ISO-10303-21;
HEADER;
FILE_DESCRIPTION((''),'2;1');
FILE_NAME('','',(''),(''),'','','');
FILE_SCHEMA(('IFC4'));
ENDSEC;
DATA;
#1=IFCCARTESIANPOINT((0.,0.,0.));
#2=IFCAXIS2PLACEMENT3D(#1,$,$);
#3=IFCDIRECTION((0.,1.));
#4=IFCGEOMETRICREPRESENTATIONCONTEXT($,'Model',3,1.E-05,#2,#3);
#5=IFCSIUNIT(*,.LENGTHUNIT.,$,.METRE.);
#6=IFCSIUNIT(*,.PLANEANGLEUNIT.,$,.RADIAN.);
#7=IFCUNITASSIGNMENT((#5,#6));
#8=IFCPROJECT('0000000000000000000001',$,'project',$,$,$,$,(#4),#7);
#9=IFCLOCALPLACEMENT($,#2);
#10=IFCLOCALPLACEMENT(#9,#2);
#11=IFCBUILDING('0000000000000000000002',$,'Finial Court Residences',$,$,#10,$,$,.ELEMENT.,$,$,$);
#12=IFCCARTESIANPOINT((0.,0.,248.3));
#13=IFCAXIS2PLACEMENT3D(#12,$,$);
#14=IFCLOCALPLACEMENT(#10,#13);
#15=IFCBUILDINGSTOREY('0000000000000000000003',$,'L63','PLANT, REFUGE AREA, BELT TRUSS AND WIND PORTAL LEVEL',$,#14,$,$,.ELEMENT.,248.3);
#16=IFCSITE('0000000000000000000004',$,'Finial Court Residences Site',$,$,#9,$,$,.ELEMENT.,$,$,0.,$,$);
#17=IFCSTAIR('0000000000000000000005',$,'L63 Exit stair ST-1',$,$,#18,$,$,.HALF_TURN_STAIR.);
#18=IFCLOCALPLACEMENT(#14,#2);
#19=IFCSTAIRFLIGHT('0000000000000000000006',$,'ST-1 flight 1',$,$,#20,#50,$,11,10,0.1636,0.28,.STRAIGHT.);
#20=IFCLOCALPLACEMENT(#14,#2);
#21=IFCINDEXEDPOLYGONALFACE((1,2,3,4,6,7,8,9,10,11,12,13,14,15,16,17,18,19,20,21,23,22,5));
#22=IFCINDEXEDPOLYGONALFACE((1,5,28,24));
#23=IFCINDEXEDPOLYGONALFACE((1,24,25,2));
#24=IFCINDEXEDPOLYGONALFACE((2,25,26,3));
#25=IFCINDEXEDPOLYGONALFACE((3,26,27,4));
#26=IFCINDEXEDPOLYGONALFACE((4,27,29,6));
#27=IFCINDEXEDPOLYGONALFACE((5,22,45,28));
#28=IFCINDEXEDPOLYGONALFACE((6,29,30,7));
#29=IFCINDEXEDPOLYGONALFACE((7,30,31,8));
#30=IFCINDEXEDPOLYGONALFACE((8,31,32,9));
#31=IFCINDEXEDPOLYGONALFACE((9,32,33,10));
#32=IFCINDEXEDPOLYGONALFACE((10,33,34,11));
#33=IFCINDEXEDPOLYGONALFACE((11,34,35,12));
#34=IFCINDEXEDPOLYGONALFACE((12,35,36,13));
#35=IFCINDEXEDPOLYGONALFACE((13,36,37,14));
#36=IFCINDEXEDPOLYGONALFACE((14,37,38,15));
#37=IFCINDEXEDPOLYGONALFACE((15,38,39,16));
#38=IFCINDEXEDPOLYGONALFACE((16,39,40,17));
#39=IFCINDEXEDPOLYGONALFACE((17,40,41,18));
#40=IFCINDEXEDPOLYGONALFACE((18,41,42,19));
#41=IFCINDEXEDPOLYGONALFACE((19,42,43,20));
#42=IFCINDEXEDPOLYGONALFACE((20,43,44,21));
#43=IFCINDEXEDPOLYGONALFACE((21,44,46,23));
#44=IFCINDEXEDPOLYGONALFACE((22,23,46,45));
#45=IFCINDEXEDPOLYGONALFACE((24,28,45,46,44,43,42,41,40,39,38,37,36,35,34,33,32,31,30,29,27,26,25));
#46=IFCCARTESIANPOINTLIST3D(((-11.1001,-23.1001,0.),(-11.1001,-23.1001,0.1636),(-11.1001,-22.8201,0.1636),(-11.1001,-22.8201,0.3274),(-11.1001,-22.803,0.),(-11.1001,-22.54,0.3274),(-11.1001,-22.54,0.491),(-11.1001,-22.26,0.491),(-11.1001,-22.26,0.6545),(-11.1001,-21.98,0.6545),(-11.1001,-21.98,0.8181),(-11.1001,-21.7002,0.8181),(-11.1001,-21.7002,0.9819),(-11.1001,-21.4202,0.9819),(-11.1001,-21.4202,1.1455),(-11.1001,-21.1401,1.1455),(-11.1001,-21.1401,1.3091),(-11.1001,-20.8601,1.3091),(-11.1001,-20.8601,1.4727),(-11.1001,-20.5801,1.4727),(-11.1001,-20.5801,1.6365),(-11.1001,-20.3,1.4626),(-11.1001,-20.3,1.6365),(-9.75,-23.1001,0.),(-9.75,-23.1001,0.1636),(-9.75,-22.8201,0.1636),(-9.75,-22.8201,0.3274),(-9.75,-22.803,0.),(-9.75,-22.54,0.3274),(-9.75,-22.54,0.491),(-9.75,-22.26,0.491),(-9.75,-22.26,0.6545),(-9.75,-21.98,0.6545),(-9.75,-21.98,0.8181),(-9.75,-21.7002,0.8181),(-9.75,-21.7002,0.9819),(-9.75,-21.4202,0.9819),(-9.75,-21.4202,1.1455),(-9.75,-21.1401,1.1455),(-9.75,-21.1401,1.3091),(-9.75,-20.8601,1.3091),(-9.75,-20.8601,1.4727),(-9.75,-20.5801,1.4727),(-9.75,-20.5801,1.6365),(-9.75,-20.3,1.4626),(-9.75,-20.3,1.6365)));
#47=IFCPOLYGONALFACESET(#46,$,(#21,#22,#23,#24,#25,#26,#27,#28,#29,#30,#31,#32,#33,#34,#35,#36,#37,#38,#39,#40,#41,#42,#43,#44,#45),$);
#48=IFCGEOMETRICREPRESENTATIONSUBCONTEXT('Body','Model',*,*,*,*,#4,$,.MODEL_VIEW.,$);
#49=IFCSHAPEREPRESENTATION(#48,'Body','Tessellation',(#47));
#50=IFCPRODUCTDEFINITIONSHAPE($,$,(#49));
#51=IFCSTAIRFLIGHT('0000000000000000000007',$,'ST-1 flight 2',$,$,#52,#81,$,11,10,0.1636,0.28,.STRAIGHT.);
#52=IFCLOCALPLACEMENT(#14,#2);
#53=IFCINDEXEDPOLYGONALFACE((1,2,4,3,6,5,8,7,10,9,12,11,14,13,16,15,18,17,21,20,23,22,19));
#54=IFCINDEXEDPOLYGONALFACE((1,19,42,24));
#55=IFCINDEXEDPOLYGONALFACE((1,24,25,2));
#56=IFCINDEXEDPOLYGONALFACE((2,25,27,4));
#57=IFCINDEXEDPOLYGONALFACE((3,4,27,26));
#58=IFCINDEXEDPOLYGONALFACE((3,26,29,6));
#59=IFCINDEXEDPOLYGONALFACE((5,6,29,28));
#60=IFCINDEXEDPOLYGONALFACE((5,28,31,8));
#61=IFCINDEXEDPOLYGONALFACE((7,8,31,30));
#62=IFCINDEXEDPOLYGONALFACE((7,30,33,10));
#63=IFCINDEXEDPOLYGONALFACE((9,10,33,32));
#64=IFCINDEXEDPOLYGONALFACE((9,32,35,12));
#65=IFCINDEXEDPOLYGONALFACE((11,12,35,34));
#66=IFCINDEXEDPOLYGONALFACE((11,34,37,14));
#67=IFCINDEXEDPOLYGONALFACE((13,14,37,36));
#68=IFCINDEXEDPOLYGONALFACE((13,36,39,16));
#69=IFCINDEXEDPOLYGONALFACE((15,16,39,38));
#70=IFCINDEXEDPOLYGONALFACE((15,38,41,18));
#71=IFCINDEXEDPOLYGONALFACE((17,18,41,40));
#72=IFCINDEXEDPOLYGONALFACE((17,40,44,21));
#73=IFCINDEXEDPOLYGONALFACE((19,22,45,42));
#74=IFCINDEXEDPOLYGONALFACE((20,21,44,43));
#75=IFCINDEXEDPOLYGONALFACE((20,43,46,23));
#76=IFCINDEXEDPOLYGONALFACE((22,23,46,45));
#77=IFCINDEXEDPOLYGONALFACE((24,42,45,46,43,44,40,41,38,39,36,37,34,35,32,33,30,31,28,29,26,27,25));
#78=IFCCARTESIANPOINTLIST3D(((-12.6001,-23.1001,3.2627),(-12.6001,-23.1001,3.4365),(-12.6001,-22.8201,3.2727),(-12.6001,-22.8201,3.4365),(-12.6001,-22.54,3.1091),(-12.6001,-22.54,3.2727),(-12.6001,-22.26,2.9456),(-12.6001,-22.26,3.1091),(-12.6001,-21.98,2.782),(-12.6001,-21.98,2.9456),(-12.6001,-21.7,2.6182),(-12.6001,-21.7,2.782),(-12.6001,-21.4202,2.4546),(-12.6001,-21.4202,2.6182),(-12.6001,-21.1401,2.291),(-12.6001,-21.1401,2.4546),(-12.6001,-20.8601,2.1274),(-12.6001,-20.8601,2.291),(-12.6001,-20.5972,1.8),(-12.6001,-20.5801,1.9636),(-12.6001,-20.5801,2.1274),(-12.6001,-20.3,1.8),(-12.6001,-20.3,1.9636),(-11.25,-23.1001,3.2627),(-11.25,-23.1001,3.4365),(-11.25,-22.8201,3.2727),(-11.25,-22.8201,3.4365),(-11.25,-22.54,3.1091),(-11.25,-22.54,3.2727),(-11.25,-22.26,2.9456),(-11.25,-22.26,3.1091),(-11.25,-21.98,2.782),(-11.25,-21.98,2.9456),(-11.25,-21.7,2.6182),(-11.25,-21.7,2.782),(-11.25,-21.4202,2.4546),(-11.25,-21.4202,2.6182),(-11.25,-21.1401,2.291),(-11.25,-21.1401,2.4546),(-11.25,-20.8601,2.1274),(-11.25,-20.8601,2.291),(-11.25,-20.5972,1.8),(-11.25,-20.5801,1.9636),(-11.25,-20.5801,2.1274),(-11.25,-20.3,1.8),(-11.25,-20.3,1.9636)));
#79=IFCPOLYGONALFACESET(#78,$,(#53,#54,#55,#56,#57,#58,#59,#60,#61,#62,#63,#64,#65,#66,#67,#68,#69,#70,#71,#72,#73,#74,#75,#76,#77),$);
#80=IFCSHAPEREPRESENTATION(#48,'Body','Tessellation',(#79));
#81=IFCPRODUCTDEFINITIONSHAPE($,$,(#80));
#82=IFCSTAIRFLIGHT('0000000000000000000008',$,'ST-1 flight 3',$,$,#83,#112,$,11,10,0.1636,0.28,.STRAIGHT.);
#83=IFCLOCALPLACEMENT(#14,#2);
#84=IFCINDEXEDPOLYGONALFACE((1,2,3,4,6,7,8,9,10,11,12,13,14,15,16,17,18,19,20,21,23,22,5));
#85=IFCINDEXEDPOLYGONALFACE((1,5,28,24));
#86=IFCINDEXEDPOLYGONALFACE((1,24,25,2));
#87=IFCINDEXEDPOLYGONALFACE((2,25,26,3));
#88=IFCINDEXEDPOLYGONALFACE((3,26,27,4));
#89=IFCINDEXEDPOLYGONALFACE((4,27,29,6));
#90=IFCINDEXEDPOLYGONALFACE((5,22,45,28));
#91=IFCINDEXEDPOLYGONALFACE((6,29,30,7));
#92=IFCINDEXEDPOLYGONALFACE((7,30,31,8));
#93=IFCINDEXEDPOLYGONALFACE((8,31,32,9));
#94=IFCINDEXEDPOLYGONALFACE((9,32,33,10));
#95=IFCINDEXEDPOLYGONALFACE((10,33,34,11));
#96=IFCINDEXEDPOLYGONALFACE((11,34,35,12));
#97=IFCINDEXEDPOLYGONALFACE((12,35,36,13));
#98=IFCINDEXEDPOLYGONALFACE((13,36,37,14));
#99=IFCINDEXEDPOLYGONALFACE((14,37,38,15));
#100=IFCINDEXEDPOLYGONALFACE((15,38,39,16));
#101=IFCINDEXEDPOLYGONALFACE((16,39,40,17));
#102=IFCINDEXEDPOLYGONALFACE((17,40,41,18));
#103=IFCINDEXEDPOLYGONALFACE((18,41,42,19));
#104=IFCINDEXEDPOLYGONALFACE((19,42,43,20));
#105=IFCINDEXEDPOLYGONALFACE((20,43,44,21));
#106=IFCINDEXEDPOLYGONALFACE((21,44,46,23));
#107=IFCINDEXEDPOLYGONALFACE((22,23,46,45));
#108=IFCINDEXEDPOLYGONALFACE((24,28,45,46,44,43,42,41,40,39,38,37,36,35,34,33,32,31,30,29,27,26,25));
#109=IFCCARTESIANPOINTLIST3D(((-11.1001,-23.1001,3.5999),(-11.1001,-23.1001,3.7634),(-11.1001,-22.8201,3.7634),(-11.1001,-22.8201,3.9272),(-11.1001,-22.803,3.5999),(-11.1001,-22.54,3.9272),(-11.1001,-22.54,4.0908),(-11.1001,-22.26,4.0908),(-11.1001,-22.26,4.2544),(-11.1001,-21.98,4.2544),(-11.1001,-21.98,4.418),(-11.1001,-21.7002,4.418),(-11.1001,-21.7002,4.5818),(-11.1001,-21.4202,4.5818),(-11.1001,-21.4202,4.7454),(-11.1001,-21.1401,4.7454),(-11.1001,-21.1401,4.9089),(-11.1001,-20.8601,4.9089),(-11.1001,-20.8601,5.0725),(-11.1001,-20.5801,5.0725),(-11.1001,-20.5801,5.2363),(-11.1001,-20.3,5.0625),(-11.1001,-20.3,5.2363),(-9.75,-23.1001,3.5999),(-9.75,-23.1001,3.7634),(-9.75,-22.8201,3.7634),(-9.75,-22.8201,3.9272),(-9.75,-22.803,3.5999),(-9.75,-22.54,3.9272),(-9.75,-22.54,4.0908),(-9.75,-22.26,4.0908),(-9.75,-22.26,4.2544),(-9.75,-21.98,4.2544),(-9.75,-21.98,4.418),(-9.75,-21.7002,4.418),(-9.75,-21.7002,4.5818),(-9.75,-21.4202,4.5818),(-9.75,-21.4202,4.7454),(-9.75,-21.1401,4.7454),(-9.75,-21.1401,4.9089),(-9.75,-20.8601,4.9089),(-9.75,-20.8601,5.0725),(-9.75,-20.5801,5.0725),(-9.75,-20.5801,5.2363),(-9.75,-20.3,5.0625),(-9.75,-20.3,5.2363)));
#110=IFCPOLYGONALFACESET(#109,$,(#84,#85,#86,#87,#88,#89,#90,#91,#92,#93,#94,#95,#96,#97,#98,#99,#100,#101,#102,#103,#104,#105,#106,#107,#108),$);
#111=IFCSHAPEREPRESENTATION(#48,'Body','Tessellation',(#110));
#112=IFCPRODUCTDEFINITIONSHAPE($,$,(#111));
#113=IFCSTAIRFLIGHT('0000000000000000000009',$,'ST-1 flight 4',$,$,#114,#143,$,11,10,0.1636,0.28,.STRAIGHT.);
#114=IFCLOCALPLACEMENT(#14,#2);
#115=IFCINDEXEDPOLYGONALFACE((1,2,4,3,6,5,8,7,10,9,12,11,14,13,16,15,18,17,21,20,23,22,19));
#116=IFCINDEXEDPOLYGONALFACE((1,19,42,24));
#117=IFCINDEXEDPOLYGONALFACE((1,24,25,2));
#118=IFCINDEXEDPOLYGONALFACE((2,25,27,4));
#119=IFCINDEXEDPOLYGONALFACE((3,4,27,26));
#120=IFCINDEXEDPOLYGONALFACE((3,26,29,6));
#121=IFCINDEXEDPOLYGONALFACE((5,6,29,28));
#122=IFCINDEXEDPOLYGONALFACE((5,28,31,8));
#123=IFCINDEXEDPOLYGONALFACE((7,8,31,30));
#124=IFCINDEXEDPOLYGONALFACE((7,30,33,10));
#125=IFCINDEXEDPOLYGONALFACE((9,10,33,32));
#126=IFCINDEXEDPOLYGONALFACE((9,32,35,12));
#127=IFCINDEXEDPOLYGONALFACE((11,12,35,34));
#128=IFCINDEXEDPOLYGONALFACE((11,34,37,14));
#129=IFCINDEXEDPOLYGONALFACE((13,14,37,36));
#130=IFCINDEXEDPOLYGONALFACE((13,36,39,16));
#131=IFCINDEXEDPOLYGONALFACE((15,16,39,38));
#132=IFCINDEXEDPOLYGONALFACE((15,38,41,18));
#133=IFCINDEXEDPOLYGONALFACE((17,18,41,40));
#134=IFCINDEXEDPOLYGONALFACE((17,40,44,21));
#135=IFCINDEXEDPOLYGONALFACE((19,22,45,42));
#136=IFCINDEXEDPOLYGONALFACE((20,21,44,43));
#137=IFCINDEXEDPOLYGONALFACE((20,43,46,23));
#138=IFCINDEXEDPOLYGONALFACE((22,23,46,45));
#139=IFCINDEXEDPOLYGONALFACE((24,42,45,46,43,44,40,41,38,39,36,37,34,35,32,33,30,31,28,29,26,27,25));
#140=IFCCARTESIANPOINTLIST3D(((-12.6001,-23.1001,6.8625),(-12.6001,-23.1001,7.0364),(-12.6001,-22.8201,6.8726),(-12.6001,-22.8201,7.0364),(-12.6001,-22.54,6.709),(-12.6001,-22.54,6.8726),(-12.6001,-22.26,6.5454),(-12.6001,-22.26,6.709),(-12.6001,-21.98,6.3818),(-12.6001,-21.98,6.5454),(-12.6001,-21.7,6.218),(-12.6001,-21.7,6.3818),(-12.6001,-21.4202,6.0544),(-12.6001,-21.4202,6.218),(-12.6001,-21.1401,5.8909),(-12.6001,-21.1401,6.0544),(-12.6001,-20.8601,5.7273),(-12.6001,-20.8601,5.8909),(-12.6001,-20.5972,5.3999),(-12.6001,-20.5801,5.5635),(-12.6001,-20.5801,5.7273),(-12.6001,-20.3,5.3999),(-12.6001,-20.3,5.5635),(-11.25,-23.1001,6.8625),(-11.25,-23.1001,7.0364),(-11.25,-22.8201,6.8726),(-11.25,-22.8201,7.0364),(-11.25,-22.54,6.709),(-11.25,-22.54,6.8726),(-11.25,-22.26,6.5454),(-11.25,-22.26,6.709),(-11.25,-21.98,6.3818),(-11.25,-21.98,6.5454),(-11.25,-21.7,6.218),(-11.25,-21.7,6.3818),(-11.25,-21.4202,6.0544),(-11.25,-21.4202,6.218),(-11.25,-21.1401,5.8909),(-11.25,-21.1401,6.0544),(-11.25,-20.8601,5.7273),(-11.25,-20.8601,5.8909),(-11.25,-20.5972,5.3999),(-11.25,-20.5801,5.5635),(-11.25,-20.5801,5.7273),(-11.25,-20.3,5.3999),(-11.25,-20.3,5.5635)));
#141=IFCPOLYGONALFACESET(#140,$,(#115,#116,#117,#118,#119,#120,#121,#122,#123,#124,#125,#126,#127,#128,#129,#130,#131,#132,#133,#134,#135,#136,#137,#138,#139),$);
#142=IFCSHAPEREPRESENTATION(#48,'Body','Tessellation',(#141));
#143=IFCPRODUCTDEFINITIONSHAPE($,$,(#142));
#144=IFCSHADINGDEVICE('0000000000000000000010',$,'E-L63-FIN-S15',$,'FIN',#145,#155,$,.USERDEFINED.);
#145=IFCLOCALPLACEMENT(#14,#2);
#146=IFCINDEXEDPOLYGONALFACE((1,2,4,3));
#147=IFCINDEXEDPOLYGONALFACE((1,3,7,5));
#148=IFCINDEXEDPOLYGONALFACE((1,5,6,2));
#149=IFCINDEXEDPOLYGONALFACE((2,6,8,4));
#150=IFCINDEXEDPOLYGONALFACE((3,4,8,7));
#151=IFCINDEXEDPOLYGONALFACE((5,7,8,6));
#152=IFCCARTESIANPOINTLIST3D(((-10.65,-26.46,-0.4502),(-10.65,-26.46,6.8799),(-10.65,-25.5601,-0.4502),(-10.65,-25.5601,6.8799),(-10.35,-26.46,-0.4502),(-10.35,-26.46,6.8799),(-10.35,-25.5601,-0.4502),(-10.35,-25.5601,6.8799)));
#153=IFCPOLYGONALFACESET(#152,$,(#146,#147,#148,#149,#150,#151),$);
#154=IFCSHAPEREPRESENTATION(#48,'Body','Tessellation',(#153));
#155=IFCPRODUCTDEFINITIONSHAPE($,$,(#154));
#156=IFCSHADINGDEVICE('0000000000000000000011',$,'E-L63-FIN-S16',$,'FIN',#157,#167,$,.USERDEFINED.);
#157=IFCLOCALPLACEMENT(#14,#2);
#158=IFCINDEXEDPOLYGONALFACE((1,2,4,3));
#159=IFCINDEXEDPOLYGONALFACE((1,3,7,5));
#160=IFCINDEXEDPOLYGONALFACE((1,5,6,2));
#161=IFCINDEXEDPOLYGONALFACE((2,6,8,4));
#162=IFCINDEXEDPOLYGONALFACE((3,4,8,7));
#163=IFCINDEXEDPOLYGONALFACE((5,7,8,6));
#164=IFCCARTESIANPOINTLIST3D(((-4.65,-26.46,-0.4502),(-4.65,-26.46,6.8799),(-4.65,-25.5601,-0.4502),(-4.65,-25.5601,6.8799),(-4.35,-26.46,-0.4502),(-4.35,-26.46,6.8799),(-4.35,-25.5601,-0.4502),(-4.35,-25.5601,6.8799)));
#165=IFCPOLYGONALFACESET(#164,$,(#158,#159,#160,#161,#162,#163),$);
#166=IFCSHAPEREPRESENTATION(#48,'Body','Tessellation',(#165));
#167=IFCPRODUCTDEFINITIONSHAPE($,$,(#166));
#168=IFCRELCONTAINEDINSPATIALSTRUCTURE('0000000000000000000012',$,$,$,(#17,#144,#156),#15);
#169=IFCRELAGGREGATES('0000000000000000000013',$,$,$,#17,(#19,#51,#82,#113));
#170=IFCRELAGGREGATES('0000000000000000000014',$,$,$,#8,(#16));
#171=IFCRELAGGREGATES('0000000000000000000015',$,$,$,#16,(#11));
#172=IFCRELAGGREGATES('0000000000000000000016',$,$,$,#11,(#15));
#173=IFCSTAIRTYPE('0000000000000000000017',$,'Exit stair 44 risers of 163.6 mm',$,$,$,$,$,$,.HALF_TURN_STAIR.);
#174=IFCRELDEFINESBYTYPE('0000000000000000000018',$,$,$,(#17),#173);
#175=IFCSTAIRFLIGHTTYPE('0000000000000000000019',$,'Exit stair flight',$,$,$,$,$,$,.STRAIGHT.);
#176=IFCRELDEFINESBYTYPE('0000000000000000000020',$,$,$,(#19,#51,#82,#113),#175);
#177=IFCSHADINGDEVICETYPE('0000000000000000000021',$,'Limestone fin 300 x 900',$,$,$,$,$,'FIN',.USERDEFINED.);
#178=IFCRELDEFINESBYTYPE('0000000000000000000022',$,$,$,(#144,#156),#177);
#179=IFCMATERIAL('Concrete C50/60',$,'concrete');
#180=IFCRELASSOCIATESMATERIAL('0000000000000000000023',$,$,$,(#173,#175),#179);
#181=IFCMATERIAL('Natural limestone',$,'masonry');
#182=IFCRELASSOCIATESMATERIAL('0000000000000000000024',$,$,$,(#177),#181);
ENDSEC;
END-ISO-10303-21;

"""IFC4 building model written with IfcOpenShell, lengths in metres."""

from ifc_helpers import new_model, si_unit, direction, frame, origin, origin_2d, place, context, subcontext, project, spatial, polyline, rectangle, outline, extrude, material, type_object, element, aggregate, save


model = new_model("IFC4")

# Units and contexts
model_context = context("Model", 3, precision=1e-05, world=origin(), true_north=direction((0.0, 1.0)))
body_context = subcontext(model_context, "Body", "Model", "MODEL_VIEW")
ifc_project = project(units=[si_unit("LENGTHUNIT", "METRE"), si_unit("PLANEANGLEUNIT", "RADIAN")], contexts=[model_context])

# Site, building, storey
site_placement = place(None, origin())
site = spatial("IfcSite", under=ifc_project, at=site_placement, Name="Finial Court Residences Site", CompositionType="ELEMENT", RefElevation=0.0)
building_placement = place(site_placement, origin())
building = spatial("IfcBuilding", under=site, at=building_placement, Name="Finial Court Residences", CompositionType="ELEMENT")
storey_placement = place(building_placement, frame((0.0, 0.0, 248.3)))
storey = spatial("IfcBuildingStorey", under=building, at=storey_placement, Name="L63", Description="PLANT, REFUGE AREA, BELT TRUSS AND WIND PORTAL LEVEL", CompositionType="ELEMENT", Elevation=248.3)

# Stair, stair flights
ifc_material_1 = material(Name="Concrete C50/60", Category="concrete")
stair_type = type_object("IfcStairType", Name="Exit stair 44 risers of 163.6 mm", PredefinedType="HALF_TURN_STAIR", material=ifc_material_1)
stair_placement = place(storey_placement, origin())
stair = element("IfcStair", 1, at=stair_placement, inside=storey, type_object=stair_type, Name="L63 Exit stair ST-1", PredefinedType="HALF_TURN_STAIR")
stair_flight_type = type_object("IfcStairFlightType", Name="Exit stair flight", PredefinedType="STRAIGHT", material=ifc_material_1)
stair_flight_1_placement = place(storey_placement, frame((-10.425, -23.1001, 0.0), z_axis=(0.0, 0.0, 1.0), x_axis=(0.0, 1.0, 0.0)))
stair_flight_1 = element("IfcStairFlight", 2, at=stair_flight_1_placement, type_object=stair_flight_type, Name="ST-1 flight 1", NumberOfRisers=11, NumberOfTreads=10, PredefinedType="STRAIGHT", RiserHeight=0.1636, TreadLength=0.28, context=body_context, shape_type="SweptSolid", body=[
    extrude(outline(polyline([(0.0, 0.0), (0.0, 0.1636), (0.28, 0.1636), (0.28, 0.3274), (0.5601, 0.3274), (0.5601, 0.491), (0.8401, 0.491), (0.8401, 0.6545), (1.1201, 0.6545), (1.1201, 0.8181), (1.3999, 0.8181), (1.3999, 0.9819), (1.6799, 0.9819), (1.6799, 1.1455), (1.96, 1.1455), (1.96, 1.3091), (2.24, 1.3091), (2.24, 1.4727), (2.52, 1.4727), (2.52, 1.6365), (2.8, 1.6365), (2.8, 1.8), (2.8, 1.4626), (0.2971, 0.0), (0.0, 0.0)])), frame((0.0, 0.675, 0.0), z_axis=(0.0, -1.0, 0.0), x_axis=(1.0, 0.0, 0.0)), (0.0, 0.0, 1.0), 1.3501),
])
stair_flight_2_placement = place(storey_placement, frame((-11.925, -20.3, 1.8), z_axis=(0.0, 0.0, 1.0), x_axis=(0.0, -1.0, 0.0)))
stair_flight_2 = element("IfcStairFlight", 3, at=stair_flight_2_placement, type_object=stair_flight_type, Name="ST-1 flight 2", NumberOfRisers=11, NumberOfTreads=10, PredefinedType="STRAIGHT", RiserHeight=0.1636, TreadLength=0.28, context=body_context, shape_type="SweptSolid", body=[
    extrude(outline(polyline([(0.0, 0.0), (0.0, 0.1636), (0.28, 0.1636), (0.28, 0.3274), (0.5601, 0.3274), (0.5601, 0.491), (0.8401, 0.491), (0.8401, 0.6545), (1.1201, 0.6545), (1.1201, 0.8181), (1.3999, 0.8181), (1.3999, 0.9819), (1.6799, 0.9819), (1.6799, 1.1455), (1.96, 1.1455), (1.96, 1.3091), (2.24, 1.3091), (2.24, 1.4727), (2.52, 1.4727), (2.52, 1.6365), (2.8, 1.6365), (2.8, 1.8), (2.8, 1.4626), (0.2971, 0.0), (0.0, 0.0)])), frame((0.0, 0.675, 0.0), z_axis=(0.0, -1.0, 0.0), x_axis=(1.0, 0.0, 0.0)), (0.0, 0.0, 1.0), 1.3501),
])
stair_flight_3_placement = place(storey_placement, frame((-10.425, -23.1001, 3.5999), z_axis=(0.0, 0.0, 1.0), x_axis=(0.0, 1.0, 0.0)))
stair_flight_3 = element("IfcStairFlight", 4, at=stair_flight_3_placement, type_object=stair_flight_type, Name="ST-1 flight 3", NumberOfRisers=11, NumberOfTreads=10, PredefinedType="STRAIGHT", RiserHeight=0.1636, TreadLength=0.28, context=body_context, shape_type="SweptSolid", body=[
    extrude(outline(polyline([(0.0, 0.0), (0.0, 0.1636), (0.28, 0.1636), (0.28, 0.3274), (0.5601, 0.3274), (0.5601, 0.491), (0.8401, 0.491), (0.8401, 0.6545), (1.1201, 0.6545), (1.1201, 0.8181), (1.3999, 0.8181), (1.3999, 0.9819), (1.6799, 0.9819), (1.6799, 1.1455), (1.96, 1.1455), (1.96, 1.3091), (2.24, 1.3091), (2.24, 1.4727), (2.52, 1.4727), (2.52, 1.6365), (2.8, 1.6365), (2.8, 1.8), (2.8, 1.4626), (0.2971, 0.0), (0.0, 0.0)])), frame((0.0, 0.675, 0.0), z_axis=(0.0, -1.0, 0.0), x_axis=(1.0, 0.0, 0.0)), (0.0, 0.0, 1.0), 1.3501),
])
stair_flight_4_placement = place(storey_placement, frame((-11.925, -20.3, 5.3999), z_axis=(0.0, 0.0, 1.0), x_axis=(0.0, -1.0, 0.0)))
stair_flight_4 = element("IfcStairFlight", 5, at=stair_flight_4_placement, type_object=stair_flight_type, Name="ST-1 flight 4", NumberOfRisers=11, NumberOfTreads=10, PredefinedType="STRAIGHT", RiserHeight=0.1636, TreadLength=0.28, context=body_context, shape_type="SweptSolid", body=[
    extrude(outline(polyline([(0.0, 0.0), (0.0, 0.1636), (0.28, 0.1636), (0.28, 0.3274), (0.5601, 0.3274), (0.5601, 0.491), (0.8401, 0.491), (0.8401, 0.6545), (1.1201, 0.6545), (1.1201, 0.8181), (1.3999, 0.8181), (1.3999, 0.9819), (1.6799, 0.9819), (1.6799, 1.1455), (1.96, 1.1455), (1.96, 1.3091), (2.24, 1.3091), (2.24, 1.4727), (2.52, 1.4727), (2.52, 1.6365), (2.8, 1.6365), (2.8, 1.8), (2.8, 1.4626), (0.2971, 0.0), (0.0, 0.0)])), frame((0.0, 0.675, 0.0), z_axis=(0.0, -1.0, 0.0), x_axis=(1.0, 0.0, 0.0)), (0.0, 0.0, 1.0), 1.3501),
])
aggregate(stair, [stair_flight_1, stair_flight_2, stair_flight_3, stair_flight_4])

# Shading devices
ifc_material_2 = material(Name="Natural limestone", Category="masonry")
shading_device_type = type_object("IfcShadingDeviceType", Name="Limestone fin 300 x 900", ElementType="FIN", PredefinedType="USERDEFINED", material=ifc_material_2)
for number, where, z_axis, x_axis, name in (
    (6, (-10.5, -26.01, -0.4502), (0.0, 0.0, 1.0), (1.0, 0.0, 0.0), "E-L63-FIN-S15"),
    (7, (-4.5, -26.01, -0.4502), (0.0, 0.0, 1.0), (1.0, 0.0, 0.0), "E-L63-FIN-S16"),
):
    element("IfcShadingDevice", number, at=place(storey_placement, frame(where, z_axis=z_axis, x_axis=x_axis)), inside=storey, type_object=shading_device_type, Name=name, ObjectType="FIN", PredefinedType="USERDEFINED", context=body_context, shape_type="SweptSolid", body=[
        extrude(rectangle(XDim=0.3, YDim=0.8999, at=origin_2d()), origin(), (0.0, 0.0, 1.0), 7.3301),
    ])

save(model, "model.ifc")
